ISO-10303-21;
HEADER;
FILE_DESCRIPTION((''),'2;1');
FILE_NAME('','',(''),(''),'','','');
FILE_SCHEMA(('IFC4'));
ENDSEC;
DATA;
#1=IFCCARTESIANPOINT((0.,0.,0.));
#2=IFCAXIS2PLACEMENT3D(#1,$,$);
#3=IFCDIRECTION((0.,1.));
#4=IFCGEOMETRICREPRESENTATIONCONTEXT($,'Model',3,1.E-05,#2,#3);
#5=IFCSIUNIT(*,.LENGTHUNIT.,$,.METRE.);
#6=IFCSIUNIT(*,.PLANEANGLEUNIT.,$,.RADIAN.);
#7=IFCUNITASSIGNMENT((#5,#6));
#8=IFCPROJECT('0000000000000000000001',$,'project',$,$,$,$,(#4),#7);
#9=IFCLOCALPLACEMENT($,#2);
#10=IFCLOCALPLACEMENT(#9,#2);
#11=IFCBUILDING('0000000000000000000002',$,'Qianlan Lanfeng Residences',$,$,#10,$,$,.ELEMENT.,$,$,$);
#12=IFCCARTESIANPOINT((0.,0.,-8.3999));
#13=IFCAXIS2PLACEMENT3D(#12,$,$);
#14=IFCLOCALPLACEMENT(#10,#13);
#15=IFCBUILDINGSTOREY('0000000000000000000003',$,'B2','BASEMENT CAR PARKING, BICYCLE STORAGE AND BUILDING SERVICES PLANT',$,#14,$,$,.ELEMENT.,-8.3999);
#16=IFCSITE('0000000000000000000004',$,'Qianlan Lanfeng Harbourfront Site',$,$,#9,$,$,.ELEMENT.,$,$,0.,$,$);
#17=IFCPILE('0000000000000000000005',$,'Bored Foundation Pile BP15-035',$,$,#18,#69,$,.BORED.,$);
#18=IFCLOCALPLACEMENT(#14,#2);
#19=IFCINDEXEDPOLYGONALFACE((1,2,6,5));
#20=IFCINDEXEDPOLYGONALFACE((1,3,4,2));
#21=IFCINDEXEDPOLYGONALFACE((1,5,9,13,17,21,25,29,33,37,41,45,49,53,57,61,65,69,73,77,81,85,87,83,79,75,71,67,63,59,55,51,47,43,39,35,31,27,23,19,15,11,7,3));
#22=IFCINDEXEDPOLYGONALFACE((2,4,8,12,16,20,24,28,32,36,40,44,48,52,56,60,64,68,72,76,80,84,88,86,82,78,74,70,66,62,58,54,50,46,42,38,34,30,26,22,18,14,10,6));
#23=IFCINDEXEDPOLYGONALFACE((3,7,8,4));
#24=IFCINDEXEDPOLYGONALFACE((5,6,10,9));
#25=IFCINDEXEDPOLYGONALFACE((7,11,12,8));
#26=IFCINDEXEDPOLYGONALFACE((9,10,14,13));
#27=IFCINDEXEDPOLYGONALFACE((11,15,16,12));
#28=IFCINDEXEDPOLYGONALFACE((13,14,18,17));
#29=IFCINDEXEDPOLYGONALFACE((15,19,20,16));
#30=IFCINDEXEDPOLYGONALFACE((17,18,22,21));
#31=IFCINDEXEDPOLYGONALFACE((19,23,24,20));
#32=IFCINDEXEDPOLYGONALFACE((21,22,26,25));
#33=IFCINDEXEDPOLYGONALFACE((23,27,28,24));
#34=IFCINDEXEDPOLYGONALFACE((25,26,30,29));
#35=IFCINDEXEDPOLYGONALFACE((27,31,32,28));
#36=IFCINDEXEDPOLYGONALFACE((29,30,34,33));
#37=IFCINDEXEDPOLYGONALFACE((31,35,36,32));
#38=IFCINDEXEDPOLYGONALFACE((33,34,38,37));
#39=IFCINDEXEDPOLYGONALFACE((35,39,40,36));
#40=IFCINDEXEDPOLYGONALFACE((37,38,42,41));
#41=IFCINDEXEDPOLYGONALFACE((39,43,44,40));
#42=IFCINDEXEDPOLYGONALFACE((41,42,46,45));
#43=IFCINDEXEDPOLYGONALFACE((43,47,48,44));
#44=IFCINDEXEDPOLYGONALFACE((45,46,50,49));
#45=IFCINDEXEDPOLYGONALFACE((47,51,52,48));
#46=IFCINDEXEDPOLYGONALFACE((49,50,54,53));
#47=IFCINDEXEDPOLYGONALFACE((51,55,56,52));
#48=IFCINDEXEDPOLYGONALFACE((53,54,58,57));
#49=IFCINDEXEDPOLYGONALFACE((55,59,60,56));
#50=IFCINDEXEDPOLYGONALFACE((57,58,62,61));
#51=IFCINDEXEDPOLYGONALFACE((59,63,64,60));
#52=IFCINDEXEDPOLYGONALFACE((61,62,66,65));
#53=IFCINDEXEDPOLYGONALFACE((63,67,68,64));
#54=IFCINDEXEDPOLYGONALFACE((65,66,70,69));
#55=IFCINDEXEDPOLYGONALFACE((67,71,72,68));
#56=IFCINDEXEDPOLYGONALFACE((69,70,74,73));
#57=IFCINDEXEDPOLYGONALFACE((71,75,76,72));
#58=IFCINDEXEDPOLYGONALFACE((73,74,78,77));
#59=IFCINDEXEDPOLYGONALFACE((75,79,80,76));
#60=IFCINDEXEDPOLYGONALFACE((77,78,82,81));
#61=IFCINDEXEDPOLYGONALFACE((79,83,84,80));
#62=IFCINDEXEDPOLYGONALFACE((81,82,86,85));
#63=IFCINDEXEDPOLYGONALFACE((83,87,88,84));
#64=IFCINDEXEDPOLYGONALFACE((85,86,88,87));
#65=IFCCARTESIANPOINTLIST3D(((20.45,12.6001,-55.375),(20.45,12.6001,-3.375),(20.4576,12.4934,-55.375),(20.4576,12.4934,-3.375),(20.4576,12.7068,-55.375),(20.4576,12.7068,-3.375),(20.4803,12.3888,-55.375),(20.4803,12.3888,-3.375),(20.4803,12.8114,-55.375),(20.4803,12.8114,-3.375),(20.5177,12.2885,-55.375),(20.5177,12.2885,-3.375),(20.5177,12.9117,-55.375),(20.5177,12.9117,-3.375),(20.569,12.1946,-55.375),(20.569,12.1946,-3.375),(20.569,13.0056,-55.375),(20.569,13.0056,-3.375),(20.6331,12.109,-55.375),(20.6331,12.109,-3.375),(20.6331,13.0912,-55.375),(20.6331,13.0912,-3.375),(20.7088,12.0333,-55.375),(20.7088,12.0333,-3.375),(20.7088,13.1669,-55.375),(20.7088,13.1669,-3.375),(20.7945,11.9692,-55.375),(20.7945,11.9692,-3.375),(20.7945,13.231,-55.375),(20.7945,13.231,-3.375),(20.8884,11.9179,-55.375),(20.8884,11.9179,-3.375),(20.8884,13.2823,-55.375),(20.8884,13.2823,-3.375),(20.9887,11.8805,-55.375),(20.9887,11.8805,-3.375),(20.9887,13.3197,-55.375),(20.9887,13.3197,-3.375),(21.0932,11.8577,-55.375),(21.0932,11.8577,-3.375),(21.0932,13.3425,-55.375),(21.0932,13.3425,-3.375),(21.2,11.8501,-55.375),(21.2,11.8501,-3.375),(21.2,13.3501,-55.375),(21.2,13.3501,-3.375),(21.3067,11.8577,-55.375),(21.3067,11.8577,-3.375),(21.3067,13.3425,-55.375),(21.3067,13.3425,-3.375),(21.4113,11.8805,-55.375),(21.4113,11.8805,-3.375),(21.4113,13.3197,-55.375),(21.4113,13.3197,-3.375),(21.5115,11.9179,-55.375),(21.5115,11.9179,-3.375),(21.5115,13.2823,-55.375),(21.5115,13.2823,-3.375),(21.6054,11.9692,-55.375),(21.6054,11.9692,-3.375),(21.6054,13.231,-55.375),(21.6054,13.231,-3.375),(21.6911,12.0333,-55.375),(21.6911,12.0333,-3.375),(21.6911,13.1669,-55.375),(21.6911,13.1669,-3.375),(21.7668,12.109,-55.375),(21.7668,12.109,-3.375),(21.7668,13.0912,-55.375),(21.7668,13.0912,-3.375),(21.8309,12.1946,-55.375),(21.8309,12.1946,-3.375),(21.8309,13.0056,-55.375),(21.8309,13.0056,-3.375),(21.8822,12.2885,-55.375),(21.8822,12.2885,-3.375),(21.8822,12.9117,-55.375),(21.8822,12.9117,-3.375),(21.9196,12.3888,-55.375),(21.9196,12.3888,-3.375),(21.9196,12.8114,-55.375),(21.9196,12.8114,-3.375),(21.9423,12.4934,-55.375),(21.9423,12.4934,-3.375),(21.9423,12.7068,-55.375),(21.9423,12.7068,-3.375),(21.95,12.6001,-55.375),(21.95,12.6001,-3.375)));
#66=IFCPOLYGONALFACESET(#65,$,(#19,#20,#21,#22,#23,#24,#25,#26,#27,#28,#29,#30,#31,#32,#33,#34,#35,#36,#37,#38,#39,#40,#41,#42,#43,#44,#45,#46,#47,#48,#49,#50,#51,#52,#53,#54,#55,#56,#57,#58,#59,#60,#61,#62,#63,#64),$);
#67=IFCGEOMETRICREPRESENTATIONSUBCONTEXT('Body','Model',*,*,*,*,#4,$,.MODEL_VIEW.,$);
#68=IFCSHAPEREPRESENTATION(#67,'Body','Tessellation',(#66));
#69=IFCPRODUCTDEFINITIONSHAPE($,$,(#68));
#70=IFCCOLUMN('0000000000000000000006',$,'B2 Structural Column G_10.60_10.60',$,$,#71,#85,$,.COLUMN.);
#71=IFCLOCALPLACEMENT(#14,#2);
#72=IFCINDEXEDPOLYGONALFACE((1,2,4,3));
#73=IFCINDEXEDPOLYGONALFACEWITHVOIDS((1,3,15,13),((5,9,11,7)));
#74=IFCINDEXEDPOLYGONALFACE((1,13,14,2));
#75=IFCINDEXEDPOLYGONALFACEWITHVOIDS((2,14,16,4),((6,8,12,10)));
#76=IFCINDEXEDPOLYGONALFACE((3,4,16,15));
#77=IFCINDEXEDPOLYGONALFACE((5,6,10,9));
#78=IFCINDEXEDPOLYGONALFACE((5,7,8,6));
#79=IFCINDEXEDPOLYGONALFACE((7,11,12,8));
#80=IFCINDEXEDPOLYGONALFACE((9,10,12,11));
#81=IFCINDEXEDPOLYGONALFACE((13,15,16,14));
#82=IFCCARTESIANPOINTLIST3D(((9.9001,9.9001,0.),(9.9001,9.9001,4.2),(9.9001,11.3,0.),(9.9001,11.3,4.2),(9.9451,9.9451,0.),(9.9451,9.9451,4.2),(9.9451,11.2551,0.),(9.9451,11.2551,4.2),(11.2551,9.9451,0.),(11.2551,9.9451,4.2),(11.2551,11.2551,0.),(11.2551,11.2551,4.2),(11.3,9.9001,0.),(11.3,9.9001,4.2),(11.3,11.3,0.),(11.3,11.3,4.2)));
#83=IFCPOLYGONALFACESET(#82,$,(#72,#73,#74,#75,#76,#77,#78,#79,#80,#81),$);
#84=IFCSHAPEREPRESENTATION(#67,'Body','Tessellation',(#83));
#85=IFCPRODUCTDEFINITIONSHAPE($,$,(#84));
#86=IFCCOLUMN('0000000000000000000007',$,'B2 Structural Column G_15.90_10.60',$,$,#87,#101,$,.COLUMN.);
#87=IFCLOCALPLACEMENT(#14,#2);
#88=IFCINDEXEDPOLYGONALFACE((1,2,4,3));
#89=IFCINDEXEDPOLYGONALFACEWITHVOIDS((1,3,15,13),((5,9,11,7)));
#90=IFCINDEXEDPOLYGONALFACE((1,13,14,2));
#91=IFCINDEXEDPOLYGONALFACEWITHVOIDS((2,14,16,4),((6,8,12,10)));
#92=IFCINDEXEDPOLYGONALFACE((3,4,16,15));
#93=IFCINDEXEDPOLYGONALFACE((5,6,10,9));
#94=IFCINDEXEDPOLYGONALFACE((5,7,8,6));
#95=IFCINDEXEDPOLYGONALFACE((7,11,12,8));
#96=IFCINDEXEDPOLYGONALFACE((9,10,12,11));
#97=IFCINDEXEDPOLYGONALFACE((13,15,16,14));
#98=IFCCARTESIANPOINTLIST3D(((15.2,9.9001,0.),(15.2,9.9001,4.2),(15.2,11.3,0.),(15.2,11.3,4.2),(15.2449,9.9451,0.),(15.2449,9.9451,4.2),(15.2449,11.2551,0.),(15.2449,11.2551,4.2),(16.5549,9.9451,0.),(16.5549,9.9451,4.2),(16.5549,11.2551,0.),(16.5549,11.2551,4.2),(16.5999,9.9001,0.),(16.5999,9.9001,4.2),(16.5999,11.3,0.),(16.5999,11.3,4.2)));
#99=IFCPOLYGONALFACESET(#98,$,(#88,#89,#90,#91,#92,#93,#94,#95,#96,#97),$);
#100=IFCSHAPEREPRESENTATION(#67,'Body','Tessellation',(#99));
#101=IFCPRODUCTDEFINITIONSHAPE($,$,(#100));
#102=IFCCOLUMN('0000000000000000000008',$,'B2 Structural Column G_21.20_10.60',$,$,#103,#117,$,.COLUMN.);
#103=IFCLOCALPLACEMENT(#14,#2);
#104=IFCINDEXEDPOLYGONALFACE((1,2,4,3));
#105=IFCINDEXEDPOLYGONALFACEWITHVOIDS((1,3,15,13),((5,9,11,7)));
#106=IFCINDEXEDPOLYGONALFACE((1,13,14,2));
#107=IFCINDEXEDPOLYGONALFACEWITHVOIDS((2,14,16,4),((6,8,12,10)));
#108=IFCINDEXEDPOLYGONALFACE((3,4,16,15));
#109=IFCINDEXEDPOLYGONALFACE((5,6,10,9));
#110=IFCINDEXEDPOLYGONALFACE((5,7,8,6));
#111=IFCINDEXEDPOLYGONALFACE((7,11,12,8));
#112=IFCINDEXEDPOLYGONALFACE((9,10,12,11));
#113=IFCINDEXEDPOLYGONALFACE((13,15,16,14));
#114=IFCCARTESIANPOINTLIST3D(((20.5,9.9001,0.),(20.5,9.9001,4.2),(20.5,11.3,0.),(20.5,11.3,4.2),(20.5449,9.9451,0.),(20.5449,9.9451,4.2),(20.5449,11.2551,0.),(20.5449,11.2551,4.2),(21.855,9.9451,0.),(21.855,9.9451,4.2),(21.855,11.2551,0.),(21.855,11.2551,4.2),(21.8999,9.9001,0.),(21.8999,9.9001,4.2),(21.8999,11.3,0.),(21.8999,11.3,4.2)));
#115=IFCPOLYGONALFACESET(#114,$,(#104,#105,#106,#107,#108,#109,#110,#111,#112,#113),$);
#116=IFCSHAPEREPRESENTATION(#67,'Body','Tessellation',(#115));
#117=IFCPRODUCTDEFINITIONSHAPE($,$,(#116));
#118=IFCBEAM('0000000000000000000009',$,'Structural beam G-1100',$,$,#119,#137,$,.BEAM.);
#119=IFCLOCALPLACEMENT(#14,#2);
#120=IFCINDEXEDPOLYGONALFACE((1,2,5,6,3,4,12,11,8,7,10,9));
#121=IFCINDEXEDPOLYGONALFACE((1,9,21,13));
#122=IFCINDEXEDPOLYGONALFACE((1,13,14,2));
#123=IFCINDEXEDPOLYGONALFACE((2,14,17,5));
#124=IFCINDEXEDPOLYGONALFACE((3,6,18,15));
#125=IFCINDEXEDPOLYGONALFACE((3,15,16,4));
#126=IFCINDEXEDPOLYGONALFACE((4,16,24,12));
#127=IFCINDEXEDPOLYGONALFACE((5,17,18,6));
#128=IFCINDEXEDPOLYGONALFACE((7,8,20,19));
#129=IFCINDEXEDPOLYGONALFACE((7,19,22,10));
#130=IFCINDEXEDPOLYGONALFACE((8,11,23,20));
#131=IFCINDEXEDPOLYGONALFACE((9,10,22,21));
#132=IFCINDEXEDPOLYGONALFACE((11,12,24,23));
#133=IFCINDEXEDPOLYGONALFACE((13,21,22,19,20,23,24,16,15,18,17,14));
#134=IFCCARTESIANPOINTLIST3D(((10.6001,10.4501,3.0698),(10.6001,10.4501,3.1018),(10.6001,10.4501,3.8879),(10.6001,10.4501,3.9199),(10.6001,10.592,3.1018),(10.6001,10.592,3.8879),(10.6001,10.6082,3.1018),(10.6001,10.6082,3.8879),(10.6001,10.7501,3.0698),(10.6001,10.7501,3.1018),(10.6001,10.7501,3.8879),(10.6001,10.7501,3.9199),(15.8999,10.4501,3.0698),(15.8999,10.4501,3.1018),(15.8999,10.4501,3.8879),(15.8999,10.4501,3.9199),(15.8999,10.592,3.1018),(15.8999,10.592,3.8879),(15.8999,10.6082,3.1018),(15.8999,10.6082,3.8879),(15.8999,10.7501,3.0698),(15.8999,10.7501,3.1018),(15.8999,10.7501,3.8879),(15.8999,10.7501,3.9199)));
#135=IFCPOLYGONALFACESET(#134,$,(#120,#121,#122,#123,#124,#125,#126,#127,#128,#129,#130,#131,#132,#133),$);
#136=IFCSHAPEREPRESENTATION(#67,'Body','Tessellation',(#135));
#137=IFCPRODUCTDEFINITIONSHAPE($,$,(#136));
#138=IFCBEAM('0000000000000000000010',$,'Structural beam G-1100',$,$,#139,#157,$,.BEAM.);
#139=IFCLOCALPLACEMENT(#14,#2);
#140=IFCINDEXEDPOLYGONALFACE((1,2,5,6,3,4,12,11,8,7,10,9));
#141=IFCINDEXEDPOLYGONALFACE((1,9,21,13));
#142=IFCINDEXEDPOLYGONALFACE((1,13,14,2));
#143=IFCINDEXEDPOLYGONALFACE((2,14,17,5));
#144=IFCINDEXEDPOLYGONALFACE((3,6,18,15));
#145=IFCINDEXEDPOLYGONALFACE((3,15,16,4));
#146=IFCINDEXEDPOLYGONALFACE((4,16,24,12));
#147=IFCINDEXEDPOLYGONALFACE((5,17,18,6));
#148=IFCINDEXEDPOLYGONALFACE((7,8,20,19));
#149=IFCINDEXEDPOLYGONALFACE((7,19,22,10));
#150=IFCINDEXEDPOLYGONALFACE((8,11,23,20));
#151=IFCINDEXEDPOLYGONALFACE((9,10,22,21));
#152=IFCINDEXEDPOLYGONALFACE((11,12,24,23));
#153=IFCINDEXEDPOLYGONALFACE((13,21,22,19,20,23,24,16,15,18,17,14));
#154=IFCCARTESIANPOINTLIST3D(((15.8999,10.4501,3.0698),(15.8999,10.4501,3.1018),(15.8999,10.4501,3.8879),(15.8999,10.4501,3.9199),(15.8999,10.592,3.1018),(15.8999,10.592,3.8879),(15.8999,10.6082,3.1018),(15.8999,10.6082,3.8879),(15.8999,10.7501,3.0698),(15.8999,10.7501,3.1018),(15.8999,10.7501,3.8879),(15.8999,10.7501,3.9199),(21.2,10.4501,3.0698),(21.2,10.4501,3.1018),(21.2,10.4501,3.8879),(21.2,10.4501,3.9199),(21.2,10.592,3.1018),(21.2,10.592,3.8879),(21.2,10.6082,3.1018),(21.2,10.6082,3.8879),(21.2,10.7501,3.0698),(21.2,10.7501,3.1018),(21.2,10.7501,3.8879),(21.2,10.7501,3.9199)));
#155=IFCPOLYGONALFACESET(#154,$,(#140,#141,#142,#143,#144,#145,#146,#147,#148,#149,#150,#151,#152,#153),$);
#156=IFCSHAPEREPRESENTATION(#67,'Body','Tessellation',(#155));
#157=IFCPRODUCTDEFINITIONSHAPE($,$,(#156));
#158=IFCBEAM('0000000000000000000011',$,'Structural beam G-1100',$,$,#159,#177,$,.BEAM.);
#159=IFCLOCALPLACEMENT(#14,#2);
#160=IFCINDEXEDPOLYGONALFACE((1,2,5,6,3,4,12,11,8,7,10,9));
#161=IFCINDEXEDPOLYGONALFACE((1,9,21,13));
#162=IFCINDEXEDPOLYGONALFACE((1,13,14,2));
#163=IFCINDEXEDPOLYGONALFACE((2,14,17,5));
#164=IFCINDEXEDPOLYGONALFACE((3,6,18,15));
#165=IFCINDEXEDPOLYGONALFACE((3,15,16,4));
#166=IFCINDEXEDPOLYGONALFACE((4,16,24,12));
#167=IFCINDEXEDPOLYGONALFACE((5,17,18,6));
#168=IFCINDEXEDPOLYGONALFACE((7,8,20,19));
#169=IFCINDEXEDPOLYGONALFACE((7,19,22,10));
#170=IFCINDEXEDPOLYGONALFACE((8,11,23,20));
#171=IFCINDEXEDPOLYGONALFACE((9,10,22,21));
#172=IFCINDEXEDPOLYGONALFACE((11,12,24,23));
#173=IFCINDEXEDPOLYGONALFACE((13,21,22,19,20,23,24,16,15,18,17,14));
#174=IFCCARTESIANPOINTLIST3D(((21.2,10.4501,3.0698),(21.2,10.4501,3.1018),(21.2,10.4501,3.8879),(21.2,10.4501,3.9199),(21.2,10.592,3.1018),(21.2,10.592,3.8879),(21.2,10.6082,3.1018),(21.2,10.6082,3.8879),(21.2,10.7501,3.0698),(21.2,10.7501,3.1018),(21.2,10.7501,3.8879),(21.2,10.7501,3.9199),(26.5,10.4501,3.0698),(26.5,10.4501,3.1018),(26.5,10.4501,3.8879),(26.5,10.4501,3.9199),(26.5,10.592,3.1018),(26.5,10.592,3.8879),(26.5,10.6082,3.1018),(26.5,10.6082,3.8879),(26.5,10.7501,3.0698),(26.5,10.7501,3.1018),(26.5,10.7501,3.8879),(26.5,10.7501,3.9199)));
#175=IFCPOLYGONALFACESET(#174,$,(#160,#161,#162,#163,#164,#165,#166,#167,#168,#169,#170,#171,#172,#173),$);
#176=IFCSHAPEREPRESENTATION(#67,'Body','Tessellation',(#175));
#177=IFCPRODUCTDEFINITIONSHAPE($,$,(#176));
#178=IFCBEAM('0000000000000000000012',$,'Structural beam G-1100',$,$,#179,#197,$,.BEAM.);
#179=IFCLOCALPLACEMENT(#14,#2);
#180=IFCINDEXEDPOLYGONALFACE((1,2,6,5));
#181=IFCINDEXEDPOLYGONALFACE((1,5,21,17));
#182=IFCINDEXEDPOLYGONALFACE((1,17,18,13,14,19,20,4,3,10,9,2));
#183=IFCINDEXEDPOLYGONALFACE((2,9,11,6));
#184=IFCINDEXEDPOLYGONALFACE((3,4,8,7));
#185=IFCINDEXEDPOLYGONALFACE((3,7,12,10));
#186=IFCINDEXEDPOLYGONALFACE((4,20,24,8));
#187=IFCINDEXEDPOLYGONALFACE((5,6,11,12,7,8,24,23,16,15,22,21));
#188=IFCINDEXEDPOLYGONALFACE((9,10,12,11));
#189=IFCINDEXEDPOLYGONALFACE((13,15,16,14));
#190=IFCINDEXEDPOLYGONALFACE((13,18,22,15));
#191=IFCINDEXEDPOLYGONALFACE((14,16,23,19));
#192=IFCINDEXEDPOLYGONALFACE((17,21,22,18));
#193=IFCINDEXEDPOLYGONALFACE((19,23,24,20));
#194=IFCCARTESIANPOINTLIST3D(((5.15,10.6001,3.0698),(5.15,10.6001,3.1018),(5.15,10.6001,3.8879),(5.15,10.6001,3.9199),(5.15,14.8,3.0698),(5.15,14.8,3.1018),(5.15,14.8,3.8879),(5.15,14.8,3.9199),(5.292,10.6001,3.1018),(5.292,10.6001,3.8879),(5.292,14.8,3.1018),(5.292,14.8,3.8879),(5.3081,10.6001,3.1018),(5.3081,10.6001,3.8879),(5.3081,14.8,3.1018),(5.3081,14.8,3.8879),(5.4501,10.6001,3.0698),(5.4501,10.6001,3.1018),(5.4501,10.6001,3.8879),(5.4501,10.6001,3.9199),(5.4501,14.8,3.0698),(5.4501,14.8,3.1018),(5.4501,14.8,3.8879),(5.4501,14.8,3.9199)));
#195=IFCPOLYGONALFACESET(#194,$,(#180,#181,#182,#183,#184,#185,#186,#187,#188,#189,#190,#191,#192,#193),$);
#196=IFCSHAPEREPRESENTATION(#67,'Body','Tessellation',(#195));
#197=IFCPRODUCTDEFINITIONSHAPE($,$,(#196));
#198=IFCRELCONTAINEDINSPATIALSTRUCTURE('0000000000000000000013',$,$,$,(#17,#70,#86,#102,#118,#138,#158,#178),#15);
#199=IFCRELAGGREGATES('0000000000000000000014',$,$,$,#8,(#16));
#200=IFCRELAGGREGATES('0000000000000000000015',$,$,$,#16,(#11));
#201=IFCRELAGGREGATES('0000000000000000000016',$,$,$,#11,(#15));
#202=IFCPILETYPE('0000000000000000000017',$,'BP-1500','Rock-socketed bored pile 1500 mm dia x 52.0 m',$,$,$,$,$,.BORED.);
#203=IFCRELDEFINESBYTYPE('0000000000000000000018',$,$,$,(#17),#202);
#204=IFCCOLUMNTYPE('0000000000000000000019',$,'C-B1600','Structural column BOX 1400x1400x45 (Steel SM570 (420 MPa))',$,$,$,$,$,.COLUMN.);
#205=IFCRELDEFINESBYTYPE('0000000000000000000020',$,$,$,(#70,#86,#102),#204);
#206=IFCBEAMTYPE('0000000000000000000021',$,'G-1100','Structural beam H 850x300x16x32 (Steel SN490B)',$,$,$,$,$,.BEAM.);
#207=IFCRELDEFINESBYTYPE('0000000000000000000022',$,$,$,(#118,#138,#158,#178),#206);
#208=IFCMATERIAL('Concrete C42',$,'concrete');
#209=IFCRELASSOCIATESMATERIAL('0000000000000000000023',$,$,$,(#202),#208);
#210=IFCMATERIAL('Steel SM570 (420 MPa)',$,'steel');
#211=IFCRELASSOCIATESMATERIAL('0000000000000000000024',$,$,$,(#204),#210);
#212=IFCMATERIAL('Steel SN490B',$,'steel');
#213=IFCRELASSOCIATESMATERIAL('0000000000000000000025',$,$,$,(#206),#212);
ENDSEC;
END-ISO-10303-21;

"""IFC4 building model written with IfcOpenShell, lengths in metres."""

from ifc_helpers import new_model, si_unit, direction, frame, origin, origin_2d, place, context, subcontext, project, spatial, hollow_rectangle, circle, i_section, extrude, material, material_profile, profile_set, type_object, element, save


model = new_model("IFC4")

# Units and contexts
model_context = context("Model", 3, precision=1e-05, world=origin(), true_north=direction((0.0, 1.0)))
body_context = subcontext(model_context, "Body", "Model", "MODEL_VIEW")
ifc_project = project(units=[si_unit("LENGTHUNIT", "METRE"), si_unit("PLANEANGLEUNIT", "RADIAN")], contexts=[model_context])

# Site, building, storey
site_placement = place(None, origin())
site = spatial("IfcSite", under=ifc_project, at=site_placement, Name="Qianlan Lanfeng Harbourfront Site", CompositionType="ELEMENT", RefElevation=0.0)
building_placement = place(site_placement, origin())
building = spatial("IfcBuilding", under=site, at=building_placement, Name="Qianlan Lanfeng Residences", CompositionType="ELEMENT")
storey_placement = place(building_placement, frame((0.0, 0.0, -8.3999)))
storey = spatial("IfcBuildingStorey", under=building, at=storey_placement, Name="B2", Description="BASEMENT CAR PARKING, BICYCLE STORAGE AND BUILDING SERVICES PLANT", CompositionType="ELEMENT", Elevation=-8.3999)

# Pile
ifc_material_1 = material(Name="Concrete C42", Category="concrete")
ifc_material_profile_1 = material_profile(ifc_material_1, circle(Radius=0.75, at=origin_2d()), Name="PILE D1500")
ifc_profile_set_1 = profile_set([ifc_material_profile_1], Name="Concrete C42")
pile_type = type_object("IfcPileType", Name="BP-1500", Description="Rock-socketed bored pile 1500 mm dia x 52.0 m", PredefinedType="BORED", material=ifc_profile_set_1)
for number, where, z_axis, x_axis, name in (
    (1, (21.2, 12.6001, -3.375), (0.0, 0.0, -1.0), (1.0, 0.0, 0.0), "Bored Foundation Pile BP15-035"),
):
    element("IfcPile", number, at=place(storey_placement, frame(where, z_axis=z_axis, x_axis=x_axis)), inside=storey, type_object=pile_type, Name=name, PredefinedType="BORED", context=body_context, shape_type="SweptSolid", body=[
        extrude(circle(Radius=0.75, at=origin_2d()), origin(), (0.0, 0.0, 1.0), 52.0),
    ])

# Columns
ifc_material_2 = material(Name="Steel SM570 (420 MPa)", Category="steel")
ifc_material_profile_2 = material_profile(ifc_material_2, hollow_rectangle(XDim=1.3999, YDim=1.3999, WallThickness=0.0449, at=origin_2d()), Name="BOX 1400x1400x45")
ifc_profile_set_2 = profile_set([ifc_material_profile_2], Name="Steel SM570 (420 MPa)")
column_type = type_object("IfcColumnType", Name="C-B1600", Description="Structural column BOX 1400x1400x45 (Steel SM570 (420 MPa))", PredefinedType="COLUMN", material=ifc_profile_set_2)
for number, where, z_axis, x_axis, name in (
    (2, (10.6001, 10.6001, 0.0), (0.0, 0.0, 1.0), (1.0, 0.0, 0.0), "B2 Structural Column G_10.60_10.60"),
    (3, (15.8999, 10.6001, 0.0), (0.0, 0.0, 1.0), (1.0, 0.0, 0.0), "B2 Structural Column G_15.90_10.60"),
    (4, (21.2, 10.6001, 0.0), (0.0, 0.0, 1.0), (1.0, 0.0, 0.0), "B2 Structural Column G_21.20_10.60"),
):
    element("IfcColumn", number, at=place(storey_placement, frame(where, z_axis=z_axis, x_axis=x_axis)), inside=storey, type_object=column_type, Name=name, PredefinedType="COLUMN", context=body_context, shape_type="SweptSolid", body=[
        extrude(hollow_rectangle(XDim=1.3999, YDim=1.3999, WallThickness=0.0449, at=origin_2d()), origin(), (0.0, 0.0, 1.0), 4.2),
    ])

# Beams
ifc_material_3 = material(Name="Steel SN490B", Category="steel")
ifc_material_profile_3 = material_profile(ifc_material_3, i_section(OverallWidth=0.3, OverallDepth=0.8501, WebThickness=0.0161, FlangeThickness=0.032, at=origin_2d()), Name="H 850x300x16x32")
ifc_profile_set_3 = profile_set([ifc_material_profile_3], Name="Steel SN490B")
beam_type_1 = type_object("IfcBeamType", Name="G-1100", Description="Structural beam H 850x300x16x32 (Steel SN490B)", PredefinedType="BEAM", material=ifc_profile_set_3)
beam_placement = place(storey_placement, frame((10.6001, 10.6001, 3.4949), z_axis=(1.0, 0.0, 0.0), x_axis=(0.0, 1.0, 0.0)))
element("IfcBeam", 5, at=beam_placement, inside=storey, type_object=beam_type_1, Name="Structural beam G-1100", PredefinedType="BEAM", context=body_context, shape_type="SweptSolid", body=[
    extrude(i_section(OverallWidth=0.3, OverallDepth=0.8501, WebThickness=0.0161, FlangeThickness=0.032, at=origin_2d()), origin(), (0.0, 0.0, 1.0), 5.2998),
])
for number, where, z_axis, x_axis, name in (
    (6, (15.8999, 10.6001, 3.4949), (1.0, 0.0, 0.0), (0.0, 1.0, 0.0), "Structural beam G-1100"),
    (7, (21.2, 10.6001, 3.4949), (1.0, 0.0, 0.0), (0.0, 1.0, 0.0), "Structural beam G-1100"),
):
    element("IfcBeam", number, at=place(storey_placement, frame(where, z_axis=z_axis, x_axis=x_axis)), inside=storey, type_object=beam_type_1, Name=name, PredefinedType="BEAM", context=body_context, shape_type="SweptSolid", body=[
        extrude(i_section(OverallWidth=0.3, OverallDepth=0.8501, WebThickness=0.0161, FlangeThickness=0.032, at=origin_2d()), origin(), (0.0, 0.0, 1.0), 5.3),
    ])
for number, where, z_axis, x_axis, name in (
    (8, (5.3, 10.6001, 3.4949), (0.0, 1.0, 0.0), (-1.0, 0.0, 0.0), "Structural beam G-1100"),
):
    element("IfcBeam", number, at=place(storey_placement, frame(where, z_axis=z_axis, x_axis=x_axis)), inside=storey, type_object=beam_type_1, Name=name, PredefinedType="BEAM", context=body_context, shape_type="SweptSolid", body=[
        extrude(i_section(OverallWidth=0.3, OverallDepth=0.8501, WebThickness=0.0161, FlangeThickness=0.032, at=origin_2d()), origin(), (0.0, 0.0, 1.0), 4.2),
    ])

save(model, "model.ifc")
